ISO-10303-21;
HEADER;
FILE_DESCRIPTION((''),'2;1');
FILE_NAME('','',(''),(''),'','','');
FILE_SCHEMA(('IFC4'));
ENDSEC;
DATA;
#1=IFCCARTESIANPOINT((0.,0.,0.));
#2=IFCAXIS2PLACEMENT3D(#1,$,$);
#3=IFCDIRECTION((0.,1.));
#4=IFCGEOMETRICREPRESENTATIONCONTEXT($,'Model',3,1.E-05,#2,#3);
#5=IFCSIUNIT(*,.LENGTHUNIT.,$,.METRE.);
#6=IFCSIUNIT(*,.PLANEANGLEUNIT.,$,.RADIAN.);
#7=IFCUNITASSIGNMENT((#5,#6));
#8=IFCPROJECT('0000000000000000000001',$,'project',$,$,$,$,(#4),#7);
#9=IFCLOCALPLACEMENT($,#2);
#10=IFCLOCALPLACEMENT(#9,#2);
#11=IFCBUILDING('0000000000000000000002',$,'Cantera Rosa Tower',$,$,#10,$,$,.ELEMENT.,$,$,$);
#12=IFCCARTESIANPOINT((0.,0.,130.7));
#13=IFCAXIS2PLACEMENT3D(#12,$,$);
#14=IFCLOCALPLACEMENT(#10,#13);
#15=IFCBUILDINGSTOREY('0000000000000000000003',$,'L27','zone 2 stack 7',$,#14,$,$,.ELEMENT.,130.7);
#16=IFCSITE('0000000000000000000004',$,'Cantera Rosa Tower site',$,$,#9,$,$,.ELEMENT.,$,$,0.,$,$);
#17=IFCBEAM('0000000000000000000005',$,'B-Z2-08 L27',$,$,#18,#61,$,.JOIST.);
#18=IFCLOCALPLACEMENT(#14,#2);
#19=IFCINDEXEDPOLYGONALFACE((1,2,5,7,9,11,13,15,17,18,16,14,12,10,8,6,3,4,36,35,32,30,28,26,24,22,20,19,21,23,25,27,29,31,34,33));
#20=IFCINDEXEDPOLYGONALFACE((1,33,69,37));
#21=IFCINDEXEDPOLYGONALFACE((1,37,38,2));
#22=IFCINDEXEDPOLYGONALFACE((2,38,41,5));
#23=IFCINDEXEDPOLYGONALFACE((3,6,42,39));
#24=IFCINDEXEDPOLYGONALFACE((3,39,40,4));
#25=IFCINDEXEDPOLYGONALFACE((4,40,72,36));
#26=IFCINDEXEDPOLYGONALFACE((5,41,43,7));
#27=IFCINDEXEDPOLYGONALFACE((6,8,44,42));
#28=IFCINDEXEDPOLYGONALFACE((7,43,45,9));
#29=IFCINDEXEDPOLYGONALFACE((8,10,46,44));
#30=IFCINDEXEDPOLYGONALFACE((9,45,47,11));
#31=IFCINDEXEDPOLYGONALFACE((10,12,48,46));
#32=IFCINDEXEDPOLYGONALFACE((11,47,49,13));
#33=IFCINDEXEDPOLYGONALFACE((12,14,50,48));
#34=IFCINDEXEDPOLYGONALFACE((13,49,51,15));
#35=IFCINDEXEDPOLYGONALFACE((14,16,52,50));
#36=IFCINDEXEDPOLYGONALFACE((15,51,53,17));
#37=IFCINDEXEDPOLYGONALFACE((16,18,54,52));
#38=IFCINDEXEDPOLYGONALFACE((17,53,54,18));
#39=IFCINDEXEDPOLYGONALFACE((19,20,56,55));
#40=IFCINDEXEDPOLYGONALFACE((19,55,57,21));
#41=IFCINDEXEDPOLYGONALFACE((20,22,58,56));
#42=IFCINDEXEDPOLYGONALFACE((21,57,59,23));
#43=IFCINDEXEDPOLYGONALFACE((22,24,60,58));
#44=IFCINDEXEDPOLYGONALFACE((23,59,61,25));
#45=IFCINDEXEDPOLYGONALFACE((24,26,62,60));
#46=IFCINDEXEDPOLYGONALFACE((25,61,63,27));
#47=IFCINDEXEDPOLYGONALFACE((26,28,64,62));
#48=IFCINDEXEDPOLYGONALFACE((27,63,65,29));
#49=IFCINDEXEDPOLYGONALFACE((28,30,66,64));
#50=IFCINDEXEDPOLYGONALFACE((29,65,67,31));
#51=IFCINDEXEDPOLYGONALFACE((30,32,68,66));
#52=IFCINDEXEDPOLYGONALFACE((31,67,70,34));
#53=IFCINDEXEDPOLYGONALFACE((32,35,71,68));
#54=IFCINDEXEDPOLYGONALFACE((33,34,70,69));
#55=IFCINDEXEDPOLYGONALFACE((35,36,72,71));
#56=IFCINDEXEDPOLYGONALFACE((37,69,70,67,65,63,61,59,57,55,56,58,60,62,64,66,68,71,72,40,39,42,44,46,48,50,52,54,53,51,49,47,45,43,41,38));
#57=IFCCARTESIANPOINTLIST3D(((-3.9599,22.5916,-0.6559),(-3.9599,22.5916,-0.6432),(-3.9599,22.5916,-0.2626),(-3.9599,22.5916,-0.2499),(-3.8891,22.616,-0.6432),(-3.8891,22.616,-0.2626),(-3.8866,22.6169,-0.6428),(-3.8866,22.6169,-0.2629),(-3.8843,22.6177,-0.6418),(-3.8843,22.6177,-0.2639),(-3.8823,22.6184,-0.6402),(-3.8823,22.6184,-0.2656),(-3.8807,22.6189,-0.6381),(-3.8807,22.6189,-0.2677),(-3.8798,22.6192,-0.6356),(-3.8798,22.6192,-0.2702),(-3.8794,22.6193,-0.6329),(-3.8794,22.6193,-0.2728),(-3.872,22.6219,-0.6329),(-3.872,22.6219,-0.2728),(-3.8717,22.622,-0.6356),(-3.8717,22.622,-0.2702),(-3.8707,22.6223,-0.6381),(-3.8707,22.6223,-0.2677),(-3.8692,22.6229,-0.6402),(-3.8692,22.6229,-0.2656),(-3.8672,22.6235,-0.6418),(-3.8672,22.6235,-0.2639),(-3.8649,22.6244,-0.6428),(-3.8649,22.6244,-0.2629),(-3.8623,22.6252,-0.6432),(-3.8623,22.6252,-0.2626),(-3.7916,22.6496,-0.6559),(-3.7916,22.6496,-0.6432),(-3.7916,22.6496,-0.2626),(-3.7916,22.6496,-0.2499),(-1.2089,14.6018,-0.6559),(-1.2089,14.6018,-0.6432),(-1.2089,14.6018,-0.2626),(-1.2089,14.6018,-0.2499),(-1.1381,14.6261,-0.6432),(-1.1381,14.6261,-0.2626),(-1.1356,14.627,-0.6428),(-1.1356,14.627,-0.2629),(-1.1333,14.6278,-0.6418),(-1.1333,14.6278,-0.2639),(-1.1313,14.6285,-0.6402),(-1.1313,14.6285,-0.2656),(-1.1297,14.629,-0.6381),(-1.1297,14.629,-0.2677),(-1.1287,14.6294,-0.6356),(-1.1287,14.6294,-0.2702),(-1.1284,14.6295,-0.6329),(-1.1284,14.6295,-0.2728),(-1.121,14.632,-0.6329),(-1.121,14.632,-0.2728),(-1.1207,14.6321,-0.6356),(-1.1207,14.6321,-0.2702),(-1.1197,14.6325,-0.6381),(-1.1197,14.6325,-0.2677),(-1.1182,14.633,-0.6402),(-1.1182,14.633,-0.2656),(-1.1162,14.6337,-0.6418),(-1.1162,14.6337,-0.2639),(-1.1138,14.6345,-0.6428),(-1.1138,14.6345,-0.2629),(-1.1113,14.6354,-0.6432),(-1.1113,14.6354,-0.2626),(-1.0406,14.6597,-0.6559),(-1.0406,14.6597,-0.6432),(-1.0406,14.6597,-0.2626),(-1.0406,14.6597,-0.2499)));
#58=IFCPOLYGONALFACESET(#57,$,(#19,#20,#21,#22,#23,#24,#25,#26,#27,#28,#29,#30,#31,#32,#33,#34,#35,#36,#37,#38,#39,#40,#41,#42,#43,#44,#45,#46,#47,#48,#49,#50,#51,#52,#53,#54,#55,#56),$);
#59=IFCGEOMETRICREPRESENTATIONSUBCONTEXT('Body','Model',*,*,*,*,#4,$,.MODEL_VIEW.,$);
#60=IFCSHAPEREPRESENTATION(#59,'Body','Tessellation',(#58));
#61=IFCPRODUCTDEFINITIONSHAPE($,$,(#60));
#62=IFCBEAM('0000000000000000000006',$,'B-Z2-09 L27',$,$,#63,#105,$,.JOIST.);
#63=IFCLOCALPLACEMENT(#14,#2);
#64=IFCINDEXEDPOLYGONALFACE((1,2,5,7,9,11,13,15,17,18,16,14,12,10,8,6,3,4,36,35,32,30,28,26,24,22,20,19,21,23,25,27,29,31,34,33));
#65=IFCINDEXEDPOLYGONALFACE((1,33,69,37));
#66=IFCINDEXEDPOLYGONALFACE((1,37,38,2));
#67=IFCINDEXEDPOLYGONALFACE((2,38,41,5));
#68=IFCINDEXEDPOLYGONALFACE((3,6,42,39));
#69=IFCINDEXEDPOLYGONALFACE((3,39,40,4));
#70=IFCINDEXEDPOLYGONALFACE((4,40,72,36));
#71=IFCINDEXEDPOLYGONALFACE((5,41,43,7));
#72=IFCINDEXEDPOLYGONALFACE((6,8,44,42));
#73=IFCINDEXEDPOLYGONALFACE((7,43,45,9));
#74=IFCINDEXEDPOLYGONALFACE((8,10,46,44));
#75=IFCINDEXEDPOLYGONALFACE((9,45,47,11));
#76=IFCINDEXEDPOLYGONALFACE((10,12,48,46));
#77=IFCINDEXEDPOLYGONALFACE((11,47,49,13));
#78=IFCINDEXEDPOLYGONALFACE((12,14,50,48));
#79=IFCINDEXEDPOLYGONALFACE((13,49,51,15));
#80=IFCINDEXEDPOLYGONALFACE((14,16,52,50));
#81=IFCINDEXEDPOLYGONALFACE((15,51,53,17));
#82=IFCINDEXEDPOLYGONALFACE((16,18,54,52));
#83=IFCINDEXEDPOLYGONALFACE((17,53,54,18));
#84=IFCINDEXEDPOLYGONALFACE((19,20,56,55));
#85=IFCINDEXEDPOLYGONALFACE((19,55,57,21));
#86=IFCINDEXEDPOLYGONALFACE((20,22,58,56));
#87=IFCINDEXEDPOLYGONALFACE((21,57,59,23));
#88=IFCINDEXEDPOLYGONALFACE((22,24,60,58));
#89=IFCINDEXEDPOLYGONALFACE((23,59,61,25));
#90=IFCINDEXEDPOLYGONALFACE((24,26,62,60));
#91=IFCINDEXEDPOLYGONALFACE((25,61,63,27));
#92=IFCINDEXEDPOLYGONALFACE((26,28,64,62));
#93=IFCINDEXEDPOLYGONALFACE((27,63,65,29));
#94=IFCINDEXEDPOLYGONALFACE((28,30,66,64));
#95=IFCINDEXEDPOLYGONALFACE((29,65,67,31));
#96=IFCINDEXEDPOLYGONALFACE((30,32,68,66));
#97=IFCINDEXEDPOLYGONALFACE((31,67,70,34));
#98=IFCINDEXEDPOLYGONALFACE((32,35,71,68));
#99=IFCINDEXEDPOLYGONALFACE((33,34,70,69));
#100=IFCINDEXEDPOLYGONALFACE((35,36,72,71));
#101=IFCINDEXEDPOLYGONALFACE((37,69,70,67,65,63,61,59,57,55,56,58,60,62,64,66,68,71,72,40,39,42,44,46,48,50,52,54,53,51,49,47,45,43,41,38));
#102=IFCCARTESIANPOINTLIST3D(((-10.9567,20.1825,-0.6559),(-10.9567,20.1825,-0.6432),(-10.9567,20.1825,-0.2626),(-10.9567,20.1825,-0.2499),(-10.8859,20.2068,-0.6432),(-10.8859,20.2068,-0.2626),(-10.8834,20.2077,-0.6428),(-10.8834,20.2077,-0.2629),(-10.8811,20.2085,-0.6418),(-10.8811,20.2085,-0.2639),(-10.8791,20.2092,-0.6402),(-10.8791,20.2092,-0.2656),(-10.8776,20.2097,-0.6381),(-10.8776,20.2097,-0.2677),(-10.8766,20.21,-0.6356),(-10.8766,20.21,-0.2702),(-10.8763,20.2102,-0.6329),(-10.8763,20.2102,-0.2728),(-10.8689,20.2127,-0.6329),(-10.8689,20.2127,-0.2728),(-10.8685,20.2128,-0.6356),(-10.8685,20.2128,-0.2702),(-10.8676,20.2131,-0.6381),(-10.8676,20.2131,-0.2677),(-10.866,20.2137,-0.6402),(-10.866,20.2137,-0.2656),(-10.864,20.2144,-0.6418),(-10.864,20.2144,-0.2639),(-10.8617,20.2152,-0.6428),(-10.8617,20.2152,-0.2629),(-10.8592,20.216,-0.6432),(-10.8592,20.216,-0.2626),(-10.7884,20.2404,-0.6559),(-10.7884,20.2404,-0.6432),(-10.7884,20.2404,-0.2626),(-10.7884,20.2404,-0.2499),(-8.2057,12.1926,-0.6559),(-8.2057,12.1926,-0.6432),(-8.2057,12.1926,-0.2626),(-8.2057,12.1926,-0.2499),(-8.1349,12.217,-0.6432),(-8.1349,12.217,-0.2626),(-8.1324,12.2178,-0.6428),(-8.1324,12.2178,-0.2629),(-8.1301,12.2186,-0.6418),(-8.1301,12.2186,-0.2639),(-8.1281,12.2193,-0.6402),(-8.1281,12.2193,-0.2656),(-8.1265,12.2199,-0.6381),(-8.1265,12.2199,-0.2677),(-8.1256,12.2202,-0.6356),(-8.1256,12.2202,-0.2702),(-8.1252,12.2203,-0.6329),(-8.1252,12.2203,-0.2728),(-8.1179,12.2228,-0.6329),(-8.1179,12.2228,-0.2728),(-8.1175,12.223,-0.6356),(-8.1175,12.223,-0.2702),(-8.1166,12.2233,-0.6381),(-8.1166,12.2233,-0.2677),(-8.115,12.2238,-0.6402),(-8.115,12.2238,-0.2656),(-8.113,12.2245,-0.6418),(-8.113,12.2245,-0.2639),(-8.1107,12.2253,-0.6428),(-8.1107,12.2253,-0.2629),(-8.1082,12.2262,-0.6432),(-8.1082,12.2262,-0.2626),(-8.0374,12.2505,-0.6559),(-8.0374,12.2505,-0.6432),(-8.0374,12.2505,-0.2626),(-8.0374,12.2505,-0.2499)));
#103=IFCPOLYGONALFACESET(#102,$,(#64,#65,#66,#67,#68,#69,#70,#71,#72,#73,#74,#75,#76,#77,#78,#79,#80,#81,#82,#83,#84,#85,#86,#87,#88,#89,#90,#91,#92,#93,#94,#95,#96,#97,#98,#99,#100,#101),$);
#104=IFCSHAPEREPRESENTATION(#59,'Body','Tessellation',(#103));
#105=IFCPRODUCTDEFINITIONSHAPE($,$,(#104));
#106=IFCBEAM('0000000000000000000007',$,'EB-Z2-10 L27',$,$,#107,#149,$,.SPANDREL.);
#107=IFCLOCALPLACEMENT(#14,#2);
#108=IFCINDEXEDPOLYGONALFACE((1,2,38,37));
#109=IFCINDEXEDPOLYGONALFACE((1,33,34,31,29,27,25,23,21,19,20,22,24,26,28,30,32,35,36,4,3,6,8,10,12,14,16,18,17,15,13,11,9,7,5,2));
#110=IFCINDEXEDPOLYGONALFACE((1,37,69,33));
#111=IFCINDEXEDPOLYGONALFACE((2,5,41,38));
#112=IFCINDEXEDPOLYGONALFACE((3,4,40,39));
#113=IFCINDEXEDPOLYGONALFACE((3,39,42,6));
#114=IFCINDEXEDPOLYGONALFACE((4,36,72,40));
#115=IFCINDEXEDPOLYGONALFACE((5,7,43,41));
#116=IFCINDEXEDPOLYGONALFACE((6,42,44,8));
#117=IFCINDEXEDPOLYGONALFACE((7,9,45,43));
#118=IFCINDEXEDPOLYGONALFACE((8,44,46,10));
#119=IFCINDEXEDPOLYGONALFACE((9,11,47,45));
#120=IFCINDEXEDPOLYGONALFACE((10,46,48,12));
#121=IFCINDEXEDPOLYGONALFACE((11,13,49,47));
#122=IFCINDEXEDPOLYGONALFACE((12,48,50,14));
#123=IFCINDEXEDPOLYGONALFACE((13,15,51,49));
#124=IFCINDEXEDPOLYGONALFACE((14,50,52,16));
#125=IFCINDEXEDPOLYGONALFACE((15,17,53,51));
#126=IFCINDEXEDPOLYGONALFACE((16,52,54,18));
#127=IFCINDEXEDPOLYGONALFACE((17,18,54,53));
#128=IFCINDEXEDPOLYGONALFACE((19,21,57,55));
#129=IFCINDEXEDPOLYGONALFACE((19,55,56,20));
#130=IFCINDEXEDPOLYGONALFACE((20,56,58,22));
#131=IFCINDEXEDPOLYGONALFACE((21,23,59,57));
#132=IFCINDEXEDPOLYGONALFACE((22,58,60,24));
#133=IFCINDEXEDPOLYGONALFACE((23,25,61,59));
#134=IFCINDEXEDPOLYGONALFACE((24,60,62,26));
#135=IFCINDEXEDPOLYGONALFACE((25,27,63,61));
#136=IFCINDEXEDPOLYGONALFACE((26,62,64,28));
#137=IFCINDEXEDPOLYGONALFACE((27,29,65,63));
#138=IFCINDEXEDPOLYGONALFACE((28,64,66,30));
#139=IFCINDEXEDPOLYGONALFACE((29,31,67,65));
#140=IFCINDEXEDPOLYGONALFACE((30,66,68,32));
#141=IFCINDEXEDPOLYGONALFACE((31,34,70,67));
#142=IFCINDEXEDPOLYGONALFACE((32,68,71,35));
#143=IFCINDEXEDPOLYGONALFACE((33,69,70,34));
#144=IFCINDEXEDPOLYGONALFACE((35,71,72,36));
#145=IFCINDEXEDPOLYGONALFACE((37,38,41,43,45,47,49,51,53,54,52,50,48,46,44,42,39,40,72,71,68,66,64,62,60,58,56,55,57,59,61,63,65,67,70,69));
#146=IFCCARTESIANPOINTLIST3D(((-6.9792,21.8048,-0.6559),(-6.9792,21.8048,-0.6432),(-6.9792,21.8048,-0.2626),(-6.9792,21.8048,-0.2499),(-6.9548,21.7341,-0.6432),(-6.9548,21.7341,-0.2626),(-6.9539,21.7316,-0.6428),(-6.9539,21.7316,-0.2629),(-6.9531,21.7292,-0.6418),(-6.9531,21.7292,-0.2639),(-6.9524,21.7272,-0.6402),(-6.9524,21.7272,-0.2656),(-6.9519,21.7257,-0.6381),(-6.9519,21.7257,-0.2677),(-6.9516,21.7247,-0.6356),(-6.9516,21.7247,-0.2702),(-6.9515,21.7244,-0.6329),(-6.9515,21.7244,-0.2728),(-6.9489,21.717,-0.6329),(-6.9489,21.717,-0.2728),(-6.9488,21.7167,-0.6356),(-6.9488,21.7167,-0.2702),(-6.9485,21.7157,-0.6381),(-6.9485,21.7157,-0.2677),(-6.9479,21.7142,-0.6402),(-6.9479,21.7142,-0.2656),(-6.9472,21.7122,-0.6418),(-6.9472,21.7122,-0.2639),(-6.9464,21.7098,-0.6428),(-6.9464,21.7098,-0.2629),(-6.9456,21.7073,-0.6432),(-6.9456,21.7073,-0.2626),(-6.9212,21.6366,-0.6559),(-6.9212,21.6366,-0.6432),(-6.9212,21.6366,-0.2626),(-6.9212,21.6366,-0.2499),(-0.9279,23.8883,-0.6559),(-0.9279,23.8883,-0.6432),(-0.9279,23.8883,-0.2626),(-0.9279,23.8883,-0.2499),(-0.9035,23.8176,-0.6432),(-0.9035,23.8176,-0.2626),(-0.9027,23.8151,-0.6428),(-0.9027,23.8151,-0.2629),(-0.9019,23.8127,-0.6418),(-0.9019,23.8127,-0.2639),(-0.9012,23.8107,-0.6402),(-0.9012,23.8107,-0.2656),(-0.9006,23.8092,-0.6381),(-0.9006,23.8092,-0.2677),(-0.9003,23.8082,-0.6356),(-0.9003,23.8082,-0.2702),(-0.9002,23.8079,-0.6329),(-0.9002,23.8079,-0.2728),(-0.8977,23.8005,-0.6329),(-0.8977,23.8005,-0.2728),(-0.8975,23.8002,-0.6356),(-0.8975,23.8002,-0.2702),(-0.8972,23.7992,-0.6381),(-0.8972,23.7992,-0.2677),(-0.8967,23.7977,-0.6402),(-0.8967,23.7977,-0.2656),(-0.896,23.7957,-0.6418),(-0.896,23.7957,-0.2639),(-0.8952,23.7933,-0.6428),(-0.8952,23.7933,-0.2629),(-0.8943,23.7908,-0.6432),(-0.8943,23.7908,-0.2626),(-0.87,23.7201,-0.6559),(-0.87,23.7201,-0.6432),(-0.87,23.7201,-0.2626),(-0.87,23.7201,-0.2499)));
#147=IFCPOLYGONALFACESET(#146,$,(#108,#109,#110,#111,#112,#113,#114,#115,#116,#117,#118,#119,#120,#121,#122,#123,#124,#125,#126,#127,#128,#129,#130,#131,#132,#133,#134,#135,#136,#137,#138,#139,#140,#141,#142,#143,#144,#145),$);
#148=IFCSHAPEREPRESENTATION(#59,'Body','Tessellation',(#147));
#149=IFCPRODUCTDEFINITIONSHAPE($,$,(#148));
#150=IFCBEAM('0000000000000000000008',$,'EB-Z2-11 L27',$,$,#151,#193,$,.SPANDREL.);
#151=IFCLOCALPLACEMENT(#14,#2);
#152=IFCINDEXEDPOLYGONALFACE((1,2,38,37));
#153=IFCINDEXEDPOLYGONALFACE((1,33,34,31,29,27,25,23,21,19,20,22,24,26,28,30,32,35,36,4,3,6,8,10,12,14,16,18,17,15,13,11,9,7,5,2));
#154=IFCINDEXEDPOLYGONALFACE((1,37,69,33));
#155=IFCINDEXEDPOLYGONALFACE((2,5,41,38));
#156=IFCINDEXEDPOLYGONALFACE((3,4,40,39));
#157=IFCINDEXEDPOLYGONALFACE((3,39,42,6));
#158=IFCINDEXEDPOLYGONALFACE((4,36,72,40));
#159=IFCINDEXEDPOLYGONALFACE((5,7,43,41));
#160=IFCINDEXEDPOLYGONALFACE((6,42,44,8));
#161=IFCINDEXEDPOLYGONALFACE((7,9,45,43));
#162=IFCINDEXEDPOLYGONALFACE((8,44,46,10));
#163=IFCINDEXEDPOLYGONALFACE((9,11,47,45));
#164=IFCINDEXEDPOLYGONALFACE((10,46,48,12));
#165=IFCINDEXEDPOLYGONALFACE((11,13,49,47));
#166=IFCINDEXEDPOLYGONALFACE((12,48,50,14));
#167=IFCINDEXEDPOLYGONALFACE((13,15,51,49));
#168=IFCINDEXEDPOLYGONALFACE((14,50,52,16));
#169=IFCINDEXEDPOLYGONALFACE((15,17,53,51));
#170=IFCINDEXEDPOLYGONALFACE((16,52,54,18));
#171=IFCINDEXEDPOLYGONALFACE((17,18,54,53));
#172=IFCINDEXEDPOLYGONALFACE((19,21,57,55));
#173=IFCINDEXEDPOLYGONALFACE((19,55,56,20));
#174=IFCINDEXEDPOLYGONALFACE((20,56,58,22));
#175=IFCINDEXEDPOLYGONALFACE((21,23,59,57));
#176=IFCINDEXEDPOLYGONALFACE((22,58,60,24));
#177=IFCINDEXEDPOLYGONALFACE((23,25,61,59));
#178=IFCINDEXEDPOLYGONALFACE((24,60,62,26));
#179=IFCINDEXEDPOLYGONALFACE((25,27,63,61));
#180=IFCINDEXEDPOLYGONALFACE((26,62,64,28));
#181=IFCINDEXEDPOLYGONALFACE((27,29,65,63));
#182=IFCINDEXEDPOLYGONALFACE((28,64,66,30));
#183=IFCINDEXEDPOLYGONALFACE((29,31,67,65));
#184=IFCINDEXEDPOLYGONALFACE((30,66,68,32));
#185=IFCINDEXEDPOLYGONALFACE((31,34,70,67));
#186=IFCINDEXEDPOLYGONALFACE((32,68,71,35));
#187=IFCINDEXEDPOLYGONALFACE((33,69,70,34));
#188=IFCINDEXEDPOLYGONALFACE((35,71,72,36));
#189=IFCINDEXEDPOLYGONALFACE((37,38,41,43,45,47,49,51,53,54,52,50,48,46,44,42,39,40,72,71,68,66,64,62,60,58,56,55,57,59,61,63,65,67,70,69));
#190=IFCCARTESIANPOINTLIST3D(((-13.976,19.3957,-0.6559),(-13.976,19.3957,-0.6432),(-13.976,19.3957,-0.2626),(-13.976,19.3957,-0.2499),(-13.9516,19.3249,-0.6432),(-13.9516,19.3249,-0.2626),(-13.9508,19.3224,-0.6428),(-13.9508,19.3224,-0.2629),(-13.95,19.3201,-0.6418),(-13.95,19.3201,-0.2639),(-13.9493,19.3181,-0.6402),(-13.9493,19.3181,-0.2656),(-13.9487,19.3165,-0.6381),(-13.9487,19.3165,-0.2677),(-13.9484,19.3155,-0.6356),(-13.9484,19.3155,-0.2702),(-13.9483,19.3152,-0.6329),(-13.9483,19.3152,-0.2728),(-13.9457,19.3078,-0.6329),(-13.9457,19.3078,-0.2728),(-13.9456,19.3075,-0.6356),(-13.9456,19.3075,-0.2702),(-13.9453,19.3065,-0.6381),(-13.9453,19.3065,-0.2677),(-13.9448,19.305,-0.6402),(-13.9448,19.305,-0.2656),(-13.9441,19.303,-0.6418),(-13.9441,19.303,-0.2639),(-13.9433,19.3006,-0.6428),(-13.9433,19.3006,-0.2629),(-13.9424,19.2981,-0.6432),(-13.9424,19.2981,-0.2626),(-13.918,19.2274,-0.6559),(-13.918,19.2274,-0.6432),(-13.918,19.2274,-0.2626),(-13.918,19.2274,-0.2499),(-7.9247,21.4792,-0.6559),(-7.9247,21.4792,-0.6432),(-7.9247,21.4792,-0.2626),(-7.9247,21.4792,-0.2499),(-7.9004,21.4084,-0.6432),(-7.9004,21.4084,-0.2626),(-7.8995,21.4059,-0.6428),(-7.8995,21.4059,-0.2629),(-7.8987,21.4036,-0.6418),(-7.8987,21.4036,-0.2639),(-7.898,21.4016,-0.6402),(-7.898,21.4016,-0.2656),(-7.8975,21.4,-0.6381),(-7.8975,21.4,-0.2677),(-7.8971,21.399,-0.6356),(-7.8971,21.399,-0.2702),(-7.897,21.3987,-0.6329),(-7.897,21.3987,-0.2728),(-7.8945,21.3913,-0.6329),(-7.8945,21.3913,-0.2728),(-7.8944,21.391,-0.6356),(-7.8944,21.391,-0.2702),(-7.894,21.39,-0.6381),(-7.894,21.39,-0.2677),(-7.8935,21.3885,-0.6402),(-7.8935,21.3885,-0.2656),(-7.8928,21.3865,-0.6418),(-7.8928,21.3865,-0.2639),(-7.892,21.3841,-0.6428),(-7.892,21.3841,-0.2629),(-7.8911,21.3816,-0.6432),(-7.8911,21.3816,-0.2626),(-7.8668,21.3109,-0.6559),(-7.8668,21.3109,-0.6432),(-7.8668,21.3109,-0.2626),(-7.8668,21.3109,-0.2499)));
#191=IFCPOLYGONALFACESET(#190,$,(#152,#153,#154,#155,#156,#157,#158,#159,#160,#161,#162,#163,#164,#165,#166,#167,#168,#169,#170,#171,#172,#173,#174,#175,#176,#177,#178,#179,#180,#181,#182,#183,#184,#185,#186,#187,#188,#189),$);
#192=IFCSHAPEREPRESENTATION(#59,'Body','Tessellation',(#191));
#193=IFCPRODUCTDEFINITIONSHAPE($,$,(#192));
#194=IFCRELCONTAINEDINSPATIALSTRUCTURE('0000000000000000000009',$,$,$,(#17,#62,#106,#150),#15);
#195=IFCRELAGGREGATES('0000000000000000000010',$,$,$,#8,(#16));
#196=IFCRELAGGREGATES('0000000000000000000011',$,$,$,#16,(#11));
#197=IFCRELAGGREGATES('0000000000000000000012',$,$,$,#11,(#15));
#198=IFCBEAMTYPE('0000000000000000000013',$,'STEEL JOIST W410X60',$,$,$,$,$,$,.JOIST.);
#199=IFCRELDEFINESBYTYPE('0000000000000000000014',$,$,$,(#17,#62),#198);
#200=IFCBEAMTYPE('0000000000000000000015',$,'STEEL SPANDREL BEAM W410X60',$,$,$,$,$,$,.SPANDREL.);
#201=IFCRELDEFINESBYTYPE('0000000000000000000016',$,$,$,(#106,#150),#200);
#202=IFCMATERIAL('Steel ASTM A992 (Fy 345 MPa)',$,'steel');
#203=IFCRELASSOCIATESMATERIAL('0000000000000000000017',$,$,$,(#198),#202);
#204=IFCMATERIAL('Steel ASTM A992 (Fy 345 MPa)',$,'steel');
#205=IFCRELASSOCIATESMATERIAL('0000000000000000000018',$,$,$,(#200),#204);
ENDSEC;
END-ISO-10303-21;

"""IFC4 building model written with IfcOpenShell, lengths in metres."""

from ifc_helpers import new_model, si_unit, direction, frame, origin, origin_2d, place, context, subcontext, project, spatial, i_section, extrude, material, material_profile, profile_set, type_object, element, save


model = new_model("IFC4")

# Units and contexts
model_context = context("Model", 3, precision=1e-05, world=origin(), true_north=direction((0.0, 1.0)))
body_context = subcontext(model_context, "Body", "Model", "MODEL_VIEW")
ifc_project = project(units=[si_unit("LENGTHUNIT", "METRE"), si_unit("PLANEANGLEUNIT", "RADIAN")], contexts=[model_context])

# Site, building, storey
site_placement = place(None, origin())
site = spatial("IfcSite", under=ifc_project, at=site_placement, Name="Cantera Rosa Tower site", CompositionType="ELEMENT", RefElevation=0.0)
building_placement = place(site_placement, origin())
building = spatial("IfcBuilding", under=site, at=building_placement, Name="Cantera Rosa Tower", CompositionType="ELEMENT")
storey_placement = place(building_placement, frame((0.0, 0.0, 130.7)))
storey = spatial("IfcBuildingStorey", under=building, at=storey_placement, Name="L27", Description="zone 2 stack 7", CompositionType="ELEMENT", Elevation=130.7)

# Beams
ifc_material_1 = material(Name="Steel ASTM A992 (Fy 345 MPa)", Category="steel")
ifc_material_profile_1 = material_profile(ifc_material_1, i_section(OverallWidth=0.178, OverallDepth=0.406, WebThickness=0.0078, FlangeThickness=0.0127, FilletRadius=0.0103, at=origin_2d()), Name="W410X60")
ifc_profile_set_1 = profile_set([ifc_material_profile_1], Name="Steel ASTM A992 (Fy 345 MPa)")
beam_type_1 = type_object("IfcBeamType", Name="STEEL JOIST W410X60", PredefinedType="JOIST", material=ifc_profile_set_1)
for number, where, z_axis, x_axis, name in (
    (1, (-3.8757, 22.6206, -0.4529), (0.325556, -0.945523, 0.0), (0.945523, 0.325556, 0.0), "B-Z2-08 L27"),
    (2, (-10.8726, 20.2114, -0.4529), (0.325556, -0.945523, 0.0), (0.945523, 0.325556, 0.0), "B-Z2-09 L27"),
):
    element("IfcBeam", number, at=place(storey_placement, frame(where, z_axis=z_axis, x_axis=x_axis)), inside=storey, type_object=beam_type_1, Name=name, PredefinedType="JOIST", context=body_context, shape_type="SweptSolid", body=[
        extrude(i_section(OverallWidth=0.178, OverallDepth=0.406, WebThickness=0.0078, FlangeThickness=0.0127, FilletRadius=0.0103, at=origin_2d()), origin(), (0.0, 0.0, 1.0), 8.4502),
    ])
ifc_material_2 = material(Name="Steel ASTM A992 (Fy 345 MPa)", Category="steel")
ifc_material_profile_2 = material_profile(ifc_material_2, i_section(OverallWidth=0.178, OverallDepth=0.406, WebThickness=0.0078, FlangeThickness=0.0127, FilletRadius=0.0103, at=origin_2d()), Name="W410X60")
ifc_profile_set_2 = profile_set([ifc_material_profile_2], Name="Steel ASTM A992 (Fy 345 MPa)")
beam_type_2 = type_object("IfcBeamType", Name="STEEL SPANDREL BEAM W410X60", PredefinedType="SPANDREL", material=ifc_profile_set_2)
for number, where, z_axis, x_axis, name in (
    (3, (-0.8989, 23.8042, -0.4529), (-0.945524, -0.325551, 0.0), (0.325551, -0.945524, 0.0), "EB-Z2-10 L27"),
    (4, (-7.8958, 21.395, -0.4529), (-0.945524, -0.325551, 0.0), (0.325551, -0.945524, 0.0), "EB-Z2-11 L27"),
):
    element("IfcBeam", number, at=place(storey_placement, frame(where, z_axis=z_axis, x_axis=x_axis)), inside=storey, type_object=beam_type_2, Name=name, PredefinedType="SPANDREL", context=body_context, shape_type="SweptSolid", body=[
        extrude(i_section(OverallWidth=0.178, OverallDepth=0.406, WebThickness=0.0078, FlangeThickness=0.0127, FilletRadius=0.0103, at=origin_2d()), origin(), (0.0, 0.0, 1.0), 6.3999),
    ])

save(model, "model.ifc")
